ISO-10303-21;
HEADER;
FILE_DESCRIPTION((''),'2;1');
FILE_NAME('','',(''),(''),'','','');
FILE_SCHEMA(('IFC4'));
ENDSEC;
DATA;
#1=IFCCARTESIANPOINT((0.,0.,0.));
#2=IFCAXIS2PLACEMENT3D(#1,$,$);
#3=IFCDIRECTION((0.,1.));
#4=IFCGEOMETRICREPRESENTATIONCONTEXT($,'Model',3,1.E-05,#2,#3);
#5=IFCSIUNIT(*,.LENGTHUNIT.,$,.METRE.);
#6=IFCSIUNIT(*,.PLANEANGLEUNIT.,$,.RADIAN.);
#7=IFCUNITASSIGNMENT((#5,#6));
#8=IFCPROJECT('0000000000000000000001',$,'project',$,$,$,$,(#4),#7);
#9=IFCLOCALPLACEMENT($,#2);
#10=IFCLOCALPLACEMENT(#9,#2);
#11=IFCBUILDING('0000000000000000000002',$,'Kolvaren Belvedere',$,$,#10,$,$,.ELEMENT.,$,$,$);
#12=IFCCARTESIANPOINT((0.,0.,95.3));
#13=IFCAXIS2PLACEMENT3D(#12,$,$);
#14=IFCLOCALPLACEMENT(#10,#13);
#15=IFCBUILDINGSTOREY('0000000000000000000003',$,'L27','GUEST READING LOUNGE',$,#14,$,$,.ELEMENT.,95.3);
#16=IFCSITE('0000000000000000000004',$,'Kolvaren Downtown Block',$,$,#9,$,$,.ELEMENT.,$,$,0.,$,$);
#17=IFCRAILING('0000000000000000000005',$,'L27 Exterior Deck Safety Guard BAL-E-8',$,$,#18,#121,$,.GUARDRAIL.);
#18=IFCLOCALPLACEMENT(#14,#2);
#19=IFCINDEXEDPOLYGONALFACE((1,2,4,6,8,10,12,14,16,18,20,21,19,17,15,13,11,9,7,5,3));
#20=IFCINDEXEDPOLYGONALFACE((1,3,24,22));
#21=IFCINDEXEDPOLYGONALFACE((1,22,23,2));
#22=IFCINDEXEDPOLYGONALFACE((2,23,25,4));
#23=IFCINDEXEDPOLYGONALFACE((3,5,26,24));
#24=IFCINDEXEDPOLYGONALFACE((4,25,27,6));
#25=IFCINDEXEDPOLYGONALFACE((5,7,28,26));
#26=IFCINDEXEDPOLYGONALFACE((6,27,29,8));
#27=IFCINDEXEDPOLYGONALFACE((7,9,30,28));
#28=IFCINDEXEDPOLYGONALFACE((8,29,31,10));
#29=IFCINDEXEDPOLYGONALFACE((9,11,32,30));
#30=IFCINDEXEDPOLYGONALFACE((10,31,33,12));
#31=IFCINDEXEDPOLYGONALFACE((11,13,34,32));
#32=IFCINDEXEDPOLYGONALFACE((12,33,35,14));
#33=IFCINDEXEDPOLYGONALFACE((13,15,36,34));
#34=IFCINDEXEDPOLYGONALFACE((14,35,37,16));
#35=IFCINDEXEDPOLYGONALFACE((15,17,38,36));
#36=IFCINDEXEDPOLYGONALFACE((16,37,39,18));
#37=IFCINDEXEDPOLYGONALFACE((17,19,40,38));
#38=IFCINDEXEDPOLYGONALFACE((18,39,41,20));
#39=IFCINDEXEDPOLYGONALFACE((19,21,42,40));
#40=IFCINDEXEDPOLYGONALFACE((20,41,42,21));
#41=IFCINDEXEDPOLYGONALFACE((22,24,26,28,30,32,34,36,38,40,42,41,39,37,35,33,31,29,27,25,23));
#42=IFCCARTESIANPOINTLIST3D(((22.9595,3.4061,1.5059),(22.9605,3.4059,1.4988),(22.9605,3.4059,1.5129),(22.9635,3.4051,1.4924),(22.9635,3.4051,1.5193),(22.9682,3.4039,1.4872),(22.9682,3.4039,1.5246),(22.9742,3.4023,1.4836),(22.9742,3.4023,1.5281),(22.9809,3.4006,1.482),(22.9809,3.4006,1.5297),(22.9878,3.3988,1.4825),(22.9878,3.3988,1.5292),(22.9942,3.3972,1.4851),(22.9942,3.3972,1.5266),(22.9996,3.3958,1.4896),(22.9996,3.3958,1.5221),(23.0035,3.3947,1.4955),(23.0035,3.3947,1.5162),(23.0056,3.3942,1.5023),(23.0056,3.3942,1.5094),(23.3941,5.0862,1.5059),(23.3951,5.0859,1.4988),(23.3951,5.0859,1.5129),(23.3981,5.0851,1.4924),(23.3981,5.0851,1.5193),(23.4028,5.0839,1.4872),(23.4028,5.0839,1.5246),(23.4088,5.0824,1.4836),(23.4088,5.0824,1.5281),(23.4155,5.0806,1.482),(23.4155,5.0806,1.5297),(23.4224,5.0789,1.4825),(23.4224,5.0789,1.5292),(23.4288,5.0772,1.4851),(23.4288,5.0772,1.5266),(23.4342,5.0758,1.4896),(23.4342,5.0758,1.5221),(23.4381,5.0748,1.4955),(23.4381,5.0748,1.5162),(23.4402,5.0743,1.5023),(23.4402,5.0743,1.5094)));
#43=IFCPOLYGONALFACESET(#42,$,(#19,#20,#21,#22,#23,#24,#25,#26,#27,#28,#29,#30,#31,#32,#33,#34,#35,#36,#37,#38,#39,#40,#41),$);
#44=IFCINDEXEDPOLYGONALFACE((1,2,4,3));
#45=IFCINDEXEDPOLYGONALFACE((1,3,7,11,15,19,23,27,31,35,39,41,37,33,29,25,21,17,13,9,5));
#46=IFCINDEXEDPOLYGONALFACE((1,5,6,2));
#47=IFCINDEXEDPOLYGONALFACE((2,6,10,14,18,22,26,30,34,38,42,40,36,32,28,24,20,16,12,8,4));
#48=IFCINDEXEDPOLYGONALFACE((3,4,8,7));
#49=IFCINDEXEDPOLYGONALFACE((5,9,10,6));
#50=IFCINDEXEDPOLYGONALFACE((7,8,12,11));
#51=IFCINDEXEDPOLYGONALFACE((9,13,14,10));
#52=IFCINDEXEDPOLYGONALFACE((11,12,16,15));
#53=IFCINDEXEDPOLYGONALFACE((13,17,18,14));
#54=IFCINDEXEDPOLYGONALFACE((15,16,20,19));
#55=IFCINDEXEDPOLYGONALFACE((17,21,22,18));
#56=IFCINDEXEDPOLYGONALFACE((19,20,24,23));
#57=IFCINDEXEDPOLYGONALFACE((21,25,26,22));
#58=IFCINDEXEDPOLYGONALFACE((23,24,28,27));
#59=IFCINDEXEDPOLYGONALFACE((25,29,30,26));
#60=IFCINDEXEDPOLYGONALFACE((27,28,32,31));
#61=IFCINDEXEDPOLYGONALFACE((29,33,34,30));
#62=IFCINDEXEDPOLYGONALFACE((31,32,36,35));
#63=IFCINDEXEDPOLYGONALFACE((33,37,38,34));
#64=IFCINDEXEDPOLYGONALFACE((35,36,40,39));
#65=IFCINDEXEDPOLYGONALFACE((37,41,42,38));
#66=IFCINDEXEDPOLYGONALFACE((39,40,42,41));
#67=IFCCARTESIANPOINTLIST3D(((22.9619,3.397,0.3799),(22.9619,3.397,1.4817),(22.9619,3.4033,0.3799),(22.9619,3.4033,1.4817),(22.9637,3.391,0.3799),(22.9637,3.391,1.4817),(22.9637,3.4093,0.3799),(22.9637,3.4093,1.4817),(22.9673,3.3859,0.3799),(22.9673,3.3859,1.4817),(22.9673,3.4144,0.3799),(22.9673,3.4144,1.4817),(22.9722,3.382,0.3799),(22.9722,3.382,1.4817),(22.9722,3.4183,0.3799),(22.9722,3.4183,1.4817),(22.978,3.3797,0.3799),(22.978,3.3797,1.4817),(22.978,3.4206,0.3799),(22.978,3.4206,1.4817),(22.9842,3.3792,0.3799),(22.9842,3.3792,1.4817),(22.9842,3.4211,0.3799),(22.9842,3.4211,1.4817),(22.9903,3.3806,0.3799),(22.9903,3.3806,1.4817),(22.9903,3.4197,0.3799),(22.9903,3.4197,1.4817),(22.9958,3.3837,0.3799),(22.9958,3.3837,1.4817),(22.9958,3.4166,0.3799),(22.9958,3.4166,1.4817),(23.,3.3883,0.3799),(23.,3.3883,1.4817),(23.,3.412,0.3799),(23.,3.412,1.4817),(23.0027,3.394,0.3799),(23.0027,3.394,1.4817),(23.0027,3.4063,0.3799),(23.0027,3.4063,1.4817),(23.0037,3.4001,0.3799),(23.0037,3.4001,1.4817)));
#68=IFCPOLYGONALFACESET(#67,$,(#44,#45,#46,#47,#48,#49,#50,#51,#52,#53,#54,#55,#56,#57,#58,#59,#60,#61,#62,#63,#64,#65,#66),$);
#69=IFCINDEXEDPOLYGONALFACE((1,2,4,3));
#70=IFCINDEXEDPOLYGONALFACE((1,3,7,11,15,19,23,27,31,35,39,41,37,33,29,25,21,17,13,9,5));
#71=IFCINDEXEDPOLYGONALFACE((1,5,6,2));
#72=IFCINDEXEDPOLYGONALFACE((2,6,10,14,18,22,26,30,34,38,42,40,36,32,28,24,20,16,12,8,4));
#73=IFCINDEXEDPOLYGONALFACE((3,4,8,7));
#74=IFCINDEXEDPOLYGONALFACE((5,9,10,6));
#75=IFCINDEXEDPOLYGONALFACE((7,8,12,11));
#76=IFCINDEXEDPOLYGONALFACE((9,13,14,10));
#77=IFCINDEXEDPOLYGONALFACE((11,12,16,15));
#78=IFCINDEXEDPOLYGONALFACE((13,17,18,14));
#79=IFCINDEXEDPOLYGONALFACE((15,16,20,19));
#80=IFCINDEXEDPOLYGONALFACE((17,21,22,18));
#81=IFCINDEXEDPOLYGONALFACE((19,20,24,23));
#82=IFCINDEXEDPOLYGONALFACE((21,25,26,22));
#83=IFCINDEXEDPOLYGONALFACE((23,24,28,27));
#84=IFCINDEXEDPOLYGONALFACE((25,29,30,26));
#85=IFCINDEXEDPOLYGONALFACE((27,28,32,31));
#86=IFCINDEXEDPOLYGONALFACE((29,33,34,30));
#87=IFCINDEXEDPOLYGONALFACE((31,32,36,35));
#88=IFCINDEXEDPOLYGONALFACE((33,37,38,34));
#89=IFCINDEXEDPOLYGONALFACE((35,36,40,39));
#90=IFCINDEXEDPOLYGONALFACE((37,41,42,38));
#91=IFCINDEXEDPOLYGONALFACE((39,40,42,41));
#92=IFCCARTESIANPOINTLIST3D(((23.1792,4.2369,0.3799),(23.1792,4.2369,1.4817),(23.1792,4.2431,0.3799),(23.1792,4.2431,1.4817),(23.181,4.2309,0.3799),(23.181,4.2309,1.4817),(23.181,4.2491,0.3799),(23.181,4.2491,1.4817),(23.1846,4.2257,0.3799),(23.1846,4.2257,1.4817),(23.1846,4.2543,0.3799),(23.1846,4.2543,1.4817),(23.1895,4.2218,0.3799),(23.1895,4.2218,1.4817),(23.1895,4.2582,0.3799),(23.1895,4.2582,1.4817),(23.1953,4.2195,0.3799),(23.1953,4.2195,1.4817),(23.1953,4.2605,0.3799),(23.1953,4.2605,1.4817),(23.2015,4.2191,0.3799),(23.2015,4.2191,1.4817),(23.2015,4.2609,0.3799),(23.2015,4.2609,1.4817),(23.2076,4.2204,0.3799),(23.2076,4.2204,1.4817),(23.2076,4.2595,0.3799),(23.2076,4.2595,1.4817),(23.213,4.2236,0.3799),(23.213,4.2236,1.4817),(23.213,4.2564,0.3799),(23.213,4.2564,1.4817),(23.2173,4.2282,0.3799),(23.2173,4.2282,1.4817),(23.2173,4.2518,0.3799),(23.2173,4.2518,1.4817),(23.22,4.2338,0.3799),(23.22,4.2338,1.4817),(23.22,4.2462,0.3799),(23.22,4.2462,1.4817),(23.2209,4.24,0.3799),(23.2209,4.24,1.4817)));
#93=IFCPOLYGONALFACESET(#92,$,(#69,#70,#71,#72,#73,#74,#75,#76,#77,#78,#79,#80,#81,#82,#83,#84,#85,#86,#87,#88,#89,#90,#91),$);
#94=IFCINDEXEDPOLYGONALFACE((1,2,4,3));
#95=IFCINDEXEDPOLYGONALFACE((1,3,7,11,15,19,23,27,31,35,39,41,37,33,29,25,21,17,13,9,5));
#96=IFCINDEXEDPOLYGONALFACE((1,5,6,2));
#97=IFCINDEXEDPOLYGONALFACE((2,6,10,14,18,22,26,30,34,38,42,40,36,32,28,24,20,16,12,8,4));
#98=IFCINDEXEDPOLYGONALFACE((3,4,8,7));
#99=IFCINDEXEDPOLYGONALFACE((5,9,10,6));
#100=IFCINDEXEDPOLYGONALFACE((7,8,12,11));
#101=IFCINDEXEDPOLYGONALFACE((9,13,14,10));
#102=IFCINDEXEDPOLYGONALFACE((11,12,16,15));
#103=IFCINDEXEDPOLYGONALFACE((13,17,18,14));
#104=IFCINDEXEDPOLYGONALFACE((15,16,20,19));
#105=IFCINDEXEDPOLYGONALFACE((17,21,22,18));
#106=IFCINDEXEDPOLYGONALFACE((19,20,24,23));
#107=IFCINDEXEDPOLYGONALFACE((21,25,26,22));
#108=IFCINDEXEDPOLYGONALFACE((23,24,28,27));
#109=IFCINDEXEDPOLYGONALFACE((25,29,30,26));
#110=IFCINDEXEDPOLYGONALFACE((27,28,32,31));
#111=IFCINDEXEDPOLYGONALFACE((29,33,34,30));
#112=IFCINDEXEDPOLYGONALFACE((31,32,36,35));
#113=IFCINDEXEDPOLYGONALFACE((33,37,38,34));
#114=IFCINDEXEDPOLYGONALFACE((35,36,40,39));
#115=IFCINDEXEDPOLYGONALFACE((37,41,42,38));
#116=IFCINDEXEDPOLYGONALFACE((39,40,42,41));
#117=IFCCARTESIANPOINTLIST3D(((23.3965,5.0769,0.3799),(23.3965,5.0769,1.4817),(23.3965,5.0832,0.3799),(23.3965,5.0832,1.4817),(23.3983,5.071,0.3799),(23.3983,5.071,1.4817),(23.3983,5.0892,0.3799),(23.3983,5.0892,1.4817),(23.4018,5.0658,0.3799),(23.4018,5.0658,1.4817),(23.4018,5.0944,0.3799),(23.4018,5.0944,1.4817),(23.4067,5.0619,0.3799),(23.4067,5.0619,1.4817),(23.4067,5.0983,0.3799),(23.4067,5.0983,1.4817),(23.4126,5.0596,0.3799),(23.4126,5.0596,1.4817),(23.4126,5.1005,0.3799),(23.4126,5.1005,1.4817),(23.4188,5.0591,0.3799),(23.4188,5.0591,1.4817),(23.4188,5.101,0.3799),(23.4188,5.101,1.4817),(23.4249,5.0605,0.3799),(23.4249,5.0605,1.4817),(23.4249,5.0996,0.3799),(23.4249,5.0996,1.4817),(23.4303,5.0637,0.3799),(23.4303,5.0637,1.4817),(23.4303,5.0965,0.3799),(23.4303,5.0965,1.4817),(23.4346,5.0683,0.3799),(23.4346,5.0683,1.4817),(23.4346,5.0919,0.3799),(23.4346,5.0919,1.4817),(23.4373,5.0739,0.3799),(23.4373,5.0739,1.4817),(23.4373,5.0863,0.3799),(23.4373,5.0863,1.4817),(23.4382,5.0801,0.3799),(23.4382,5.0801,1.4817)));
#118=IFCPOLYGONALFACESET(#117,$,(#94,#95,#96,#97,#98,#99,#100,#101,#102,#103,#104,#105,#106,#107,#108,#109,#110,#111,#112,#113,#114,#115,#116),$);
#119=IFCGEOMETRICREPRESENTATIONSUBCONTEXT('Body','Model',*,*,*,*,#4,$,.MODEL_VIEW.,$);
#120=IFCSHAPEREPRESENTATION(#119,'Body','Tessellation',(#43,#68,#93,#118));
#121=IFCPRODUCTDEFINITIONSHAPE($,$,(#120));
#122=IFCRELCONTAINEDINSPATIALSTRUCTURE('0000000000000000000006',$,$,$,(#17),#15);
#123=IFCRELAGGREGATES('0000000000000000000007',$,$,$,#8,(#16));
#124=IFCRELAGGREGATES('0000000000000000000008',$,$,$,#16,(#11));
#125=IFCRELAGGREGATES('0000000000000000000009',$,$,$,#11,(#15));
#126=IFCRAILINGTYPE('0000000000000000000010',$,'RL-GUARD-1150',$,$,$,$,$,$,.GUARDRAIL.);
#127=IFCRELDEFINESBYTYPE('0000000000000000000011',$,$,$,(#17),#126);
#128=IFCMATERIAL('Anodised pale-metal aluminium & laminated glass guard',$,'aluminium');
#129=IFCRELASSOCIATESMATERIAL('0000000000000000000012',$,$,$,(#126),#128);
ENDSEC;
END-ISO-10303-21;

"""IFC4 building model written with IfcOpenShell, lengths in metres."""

from ifc_helpers import new_model, si_unit, direction, frame, origin, origin_2d, place, context, subcontext, project, spatial, circle, extrude, material, type_object, element, save


model = new_model("IFC4")

# Units and contexts
model_context = context("Model", 3, precision=1e-05, world=origin(), true_north=direction((0.0, 1.0)))
body_context = subcontext(model_context, "Body", "Model", "MODEL_VIEW")
ifc_project = project(units=[si_unit("LENGTHUNIT", "METRE"), si_unit("PLANEANGLEUNIT", "RADIAN")], contexts=[model_context])

# Site, building, storey
site_placement = place(None, origin())
site = spatial("IfcSite", under=ifc_project, at=site_placement, Name="Kolvaren Downtown Block", CompositionType="ELEMENT", RefElevation=0.0)
building_placement = place(site_placement, origin())
building = spatial("IfcBuilding", under=site, at=building_placement, Name="Kolvaren Belvedere", CompositionType="ELEMENT")
storey_placement = place(building_placement, frame((0.0, 0.0, 95.3)))
storey = spatial("IfcBuildingStorey", under=building, at=storey_placement, Name="L27", Description="GUEST READING LOUNGE", CompositionType="ELEMENT", Elevation=95.3)

# Railing
ifc_material_1 = material(Name="Anodised pale-metal aluminium & laminated glass guard", Category="aluminium")
railing_type = type_object("IfcRailingType", Name="RL-GUARD-1150", PredefinedType="GUARDRAIL", material=ifc_material_1)
railing_1_placement = place(storey_placement, frame((22.9827, 3.4001, 0.3799)))
element("IfcRailing", 1, at=railing_1_placement, inside=storey, type_object=railing_type, Name="L27 Exterior Deck Safety Guard BAL-E-8", PredefinedType="GUARDRAIL", context=body_context, shape_type="SweptSolid", body=[
    extrude(circle(Radius=0.0239, at=origin_2d()), frame((0.0, 0.0, 1.126), z_axis=(0.25044, 0.968132, 0.0), x_axis=(-0.968132, 0.25044, 0.0)), (0.0, 0.0, 1.0), 1.7354),
    extrude(circle(Radius=0.021, at=origin_2d()), origin(), (0.0, 0.0, 1.0), 1.1018),
    extrude(circle(Radius=0.021, at=origin_2d()), frame((0.2173, 0.8398, 0.0)), (0.0, 0.0, 1.0), 1.1018),
    extrude(circle(Radius=0.021, at=origin_2d()), frame((0.4346, 1.6799, 0.0)), (0.0, 0.0, 1.0), 1.1018),
])

save(model, "model.ifc")
